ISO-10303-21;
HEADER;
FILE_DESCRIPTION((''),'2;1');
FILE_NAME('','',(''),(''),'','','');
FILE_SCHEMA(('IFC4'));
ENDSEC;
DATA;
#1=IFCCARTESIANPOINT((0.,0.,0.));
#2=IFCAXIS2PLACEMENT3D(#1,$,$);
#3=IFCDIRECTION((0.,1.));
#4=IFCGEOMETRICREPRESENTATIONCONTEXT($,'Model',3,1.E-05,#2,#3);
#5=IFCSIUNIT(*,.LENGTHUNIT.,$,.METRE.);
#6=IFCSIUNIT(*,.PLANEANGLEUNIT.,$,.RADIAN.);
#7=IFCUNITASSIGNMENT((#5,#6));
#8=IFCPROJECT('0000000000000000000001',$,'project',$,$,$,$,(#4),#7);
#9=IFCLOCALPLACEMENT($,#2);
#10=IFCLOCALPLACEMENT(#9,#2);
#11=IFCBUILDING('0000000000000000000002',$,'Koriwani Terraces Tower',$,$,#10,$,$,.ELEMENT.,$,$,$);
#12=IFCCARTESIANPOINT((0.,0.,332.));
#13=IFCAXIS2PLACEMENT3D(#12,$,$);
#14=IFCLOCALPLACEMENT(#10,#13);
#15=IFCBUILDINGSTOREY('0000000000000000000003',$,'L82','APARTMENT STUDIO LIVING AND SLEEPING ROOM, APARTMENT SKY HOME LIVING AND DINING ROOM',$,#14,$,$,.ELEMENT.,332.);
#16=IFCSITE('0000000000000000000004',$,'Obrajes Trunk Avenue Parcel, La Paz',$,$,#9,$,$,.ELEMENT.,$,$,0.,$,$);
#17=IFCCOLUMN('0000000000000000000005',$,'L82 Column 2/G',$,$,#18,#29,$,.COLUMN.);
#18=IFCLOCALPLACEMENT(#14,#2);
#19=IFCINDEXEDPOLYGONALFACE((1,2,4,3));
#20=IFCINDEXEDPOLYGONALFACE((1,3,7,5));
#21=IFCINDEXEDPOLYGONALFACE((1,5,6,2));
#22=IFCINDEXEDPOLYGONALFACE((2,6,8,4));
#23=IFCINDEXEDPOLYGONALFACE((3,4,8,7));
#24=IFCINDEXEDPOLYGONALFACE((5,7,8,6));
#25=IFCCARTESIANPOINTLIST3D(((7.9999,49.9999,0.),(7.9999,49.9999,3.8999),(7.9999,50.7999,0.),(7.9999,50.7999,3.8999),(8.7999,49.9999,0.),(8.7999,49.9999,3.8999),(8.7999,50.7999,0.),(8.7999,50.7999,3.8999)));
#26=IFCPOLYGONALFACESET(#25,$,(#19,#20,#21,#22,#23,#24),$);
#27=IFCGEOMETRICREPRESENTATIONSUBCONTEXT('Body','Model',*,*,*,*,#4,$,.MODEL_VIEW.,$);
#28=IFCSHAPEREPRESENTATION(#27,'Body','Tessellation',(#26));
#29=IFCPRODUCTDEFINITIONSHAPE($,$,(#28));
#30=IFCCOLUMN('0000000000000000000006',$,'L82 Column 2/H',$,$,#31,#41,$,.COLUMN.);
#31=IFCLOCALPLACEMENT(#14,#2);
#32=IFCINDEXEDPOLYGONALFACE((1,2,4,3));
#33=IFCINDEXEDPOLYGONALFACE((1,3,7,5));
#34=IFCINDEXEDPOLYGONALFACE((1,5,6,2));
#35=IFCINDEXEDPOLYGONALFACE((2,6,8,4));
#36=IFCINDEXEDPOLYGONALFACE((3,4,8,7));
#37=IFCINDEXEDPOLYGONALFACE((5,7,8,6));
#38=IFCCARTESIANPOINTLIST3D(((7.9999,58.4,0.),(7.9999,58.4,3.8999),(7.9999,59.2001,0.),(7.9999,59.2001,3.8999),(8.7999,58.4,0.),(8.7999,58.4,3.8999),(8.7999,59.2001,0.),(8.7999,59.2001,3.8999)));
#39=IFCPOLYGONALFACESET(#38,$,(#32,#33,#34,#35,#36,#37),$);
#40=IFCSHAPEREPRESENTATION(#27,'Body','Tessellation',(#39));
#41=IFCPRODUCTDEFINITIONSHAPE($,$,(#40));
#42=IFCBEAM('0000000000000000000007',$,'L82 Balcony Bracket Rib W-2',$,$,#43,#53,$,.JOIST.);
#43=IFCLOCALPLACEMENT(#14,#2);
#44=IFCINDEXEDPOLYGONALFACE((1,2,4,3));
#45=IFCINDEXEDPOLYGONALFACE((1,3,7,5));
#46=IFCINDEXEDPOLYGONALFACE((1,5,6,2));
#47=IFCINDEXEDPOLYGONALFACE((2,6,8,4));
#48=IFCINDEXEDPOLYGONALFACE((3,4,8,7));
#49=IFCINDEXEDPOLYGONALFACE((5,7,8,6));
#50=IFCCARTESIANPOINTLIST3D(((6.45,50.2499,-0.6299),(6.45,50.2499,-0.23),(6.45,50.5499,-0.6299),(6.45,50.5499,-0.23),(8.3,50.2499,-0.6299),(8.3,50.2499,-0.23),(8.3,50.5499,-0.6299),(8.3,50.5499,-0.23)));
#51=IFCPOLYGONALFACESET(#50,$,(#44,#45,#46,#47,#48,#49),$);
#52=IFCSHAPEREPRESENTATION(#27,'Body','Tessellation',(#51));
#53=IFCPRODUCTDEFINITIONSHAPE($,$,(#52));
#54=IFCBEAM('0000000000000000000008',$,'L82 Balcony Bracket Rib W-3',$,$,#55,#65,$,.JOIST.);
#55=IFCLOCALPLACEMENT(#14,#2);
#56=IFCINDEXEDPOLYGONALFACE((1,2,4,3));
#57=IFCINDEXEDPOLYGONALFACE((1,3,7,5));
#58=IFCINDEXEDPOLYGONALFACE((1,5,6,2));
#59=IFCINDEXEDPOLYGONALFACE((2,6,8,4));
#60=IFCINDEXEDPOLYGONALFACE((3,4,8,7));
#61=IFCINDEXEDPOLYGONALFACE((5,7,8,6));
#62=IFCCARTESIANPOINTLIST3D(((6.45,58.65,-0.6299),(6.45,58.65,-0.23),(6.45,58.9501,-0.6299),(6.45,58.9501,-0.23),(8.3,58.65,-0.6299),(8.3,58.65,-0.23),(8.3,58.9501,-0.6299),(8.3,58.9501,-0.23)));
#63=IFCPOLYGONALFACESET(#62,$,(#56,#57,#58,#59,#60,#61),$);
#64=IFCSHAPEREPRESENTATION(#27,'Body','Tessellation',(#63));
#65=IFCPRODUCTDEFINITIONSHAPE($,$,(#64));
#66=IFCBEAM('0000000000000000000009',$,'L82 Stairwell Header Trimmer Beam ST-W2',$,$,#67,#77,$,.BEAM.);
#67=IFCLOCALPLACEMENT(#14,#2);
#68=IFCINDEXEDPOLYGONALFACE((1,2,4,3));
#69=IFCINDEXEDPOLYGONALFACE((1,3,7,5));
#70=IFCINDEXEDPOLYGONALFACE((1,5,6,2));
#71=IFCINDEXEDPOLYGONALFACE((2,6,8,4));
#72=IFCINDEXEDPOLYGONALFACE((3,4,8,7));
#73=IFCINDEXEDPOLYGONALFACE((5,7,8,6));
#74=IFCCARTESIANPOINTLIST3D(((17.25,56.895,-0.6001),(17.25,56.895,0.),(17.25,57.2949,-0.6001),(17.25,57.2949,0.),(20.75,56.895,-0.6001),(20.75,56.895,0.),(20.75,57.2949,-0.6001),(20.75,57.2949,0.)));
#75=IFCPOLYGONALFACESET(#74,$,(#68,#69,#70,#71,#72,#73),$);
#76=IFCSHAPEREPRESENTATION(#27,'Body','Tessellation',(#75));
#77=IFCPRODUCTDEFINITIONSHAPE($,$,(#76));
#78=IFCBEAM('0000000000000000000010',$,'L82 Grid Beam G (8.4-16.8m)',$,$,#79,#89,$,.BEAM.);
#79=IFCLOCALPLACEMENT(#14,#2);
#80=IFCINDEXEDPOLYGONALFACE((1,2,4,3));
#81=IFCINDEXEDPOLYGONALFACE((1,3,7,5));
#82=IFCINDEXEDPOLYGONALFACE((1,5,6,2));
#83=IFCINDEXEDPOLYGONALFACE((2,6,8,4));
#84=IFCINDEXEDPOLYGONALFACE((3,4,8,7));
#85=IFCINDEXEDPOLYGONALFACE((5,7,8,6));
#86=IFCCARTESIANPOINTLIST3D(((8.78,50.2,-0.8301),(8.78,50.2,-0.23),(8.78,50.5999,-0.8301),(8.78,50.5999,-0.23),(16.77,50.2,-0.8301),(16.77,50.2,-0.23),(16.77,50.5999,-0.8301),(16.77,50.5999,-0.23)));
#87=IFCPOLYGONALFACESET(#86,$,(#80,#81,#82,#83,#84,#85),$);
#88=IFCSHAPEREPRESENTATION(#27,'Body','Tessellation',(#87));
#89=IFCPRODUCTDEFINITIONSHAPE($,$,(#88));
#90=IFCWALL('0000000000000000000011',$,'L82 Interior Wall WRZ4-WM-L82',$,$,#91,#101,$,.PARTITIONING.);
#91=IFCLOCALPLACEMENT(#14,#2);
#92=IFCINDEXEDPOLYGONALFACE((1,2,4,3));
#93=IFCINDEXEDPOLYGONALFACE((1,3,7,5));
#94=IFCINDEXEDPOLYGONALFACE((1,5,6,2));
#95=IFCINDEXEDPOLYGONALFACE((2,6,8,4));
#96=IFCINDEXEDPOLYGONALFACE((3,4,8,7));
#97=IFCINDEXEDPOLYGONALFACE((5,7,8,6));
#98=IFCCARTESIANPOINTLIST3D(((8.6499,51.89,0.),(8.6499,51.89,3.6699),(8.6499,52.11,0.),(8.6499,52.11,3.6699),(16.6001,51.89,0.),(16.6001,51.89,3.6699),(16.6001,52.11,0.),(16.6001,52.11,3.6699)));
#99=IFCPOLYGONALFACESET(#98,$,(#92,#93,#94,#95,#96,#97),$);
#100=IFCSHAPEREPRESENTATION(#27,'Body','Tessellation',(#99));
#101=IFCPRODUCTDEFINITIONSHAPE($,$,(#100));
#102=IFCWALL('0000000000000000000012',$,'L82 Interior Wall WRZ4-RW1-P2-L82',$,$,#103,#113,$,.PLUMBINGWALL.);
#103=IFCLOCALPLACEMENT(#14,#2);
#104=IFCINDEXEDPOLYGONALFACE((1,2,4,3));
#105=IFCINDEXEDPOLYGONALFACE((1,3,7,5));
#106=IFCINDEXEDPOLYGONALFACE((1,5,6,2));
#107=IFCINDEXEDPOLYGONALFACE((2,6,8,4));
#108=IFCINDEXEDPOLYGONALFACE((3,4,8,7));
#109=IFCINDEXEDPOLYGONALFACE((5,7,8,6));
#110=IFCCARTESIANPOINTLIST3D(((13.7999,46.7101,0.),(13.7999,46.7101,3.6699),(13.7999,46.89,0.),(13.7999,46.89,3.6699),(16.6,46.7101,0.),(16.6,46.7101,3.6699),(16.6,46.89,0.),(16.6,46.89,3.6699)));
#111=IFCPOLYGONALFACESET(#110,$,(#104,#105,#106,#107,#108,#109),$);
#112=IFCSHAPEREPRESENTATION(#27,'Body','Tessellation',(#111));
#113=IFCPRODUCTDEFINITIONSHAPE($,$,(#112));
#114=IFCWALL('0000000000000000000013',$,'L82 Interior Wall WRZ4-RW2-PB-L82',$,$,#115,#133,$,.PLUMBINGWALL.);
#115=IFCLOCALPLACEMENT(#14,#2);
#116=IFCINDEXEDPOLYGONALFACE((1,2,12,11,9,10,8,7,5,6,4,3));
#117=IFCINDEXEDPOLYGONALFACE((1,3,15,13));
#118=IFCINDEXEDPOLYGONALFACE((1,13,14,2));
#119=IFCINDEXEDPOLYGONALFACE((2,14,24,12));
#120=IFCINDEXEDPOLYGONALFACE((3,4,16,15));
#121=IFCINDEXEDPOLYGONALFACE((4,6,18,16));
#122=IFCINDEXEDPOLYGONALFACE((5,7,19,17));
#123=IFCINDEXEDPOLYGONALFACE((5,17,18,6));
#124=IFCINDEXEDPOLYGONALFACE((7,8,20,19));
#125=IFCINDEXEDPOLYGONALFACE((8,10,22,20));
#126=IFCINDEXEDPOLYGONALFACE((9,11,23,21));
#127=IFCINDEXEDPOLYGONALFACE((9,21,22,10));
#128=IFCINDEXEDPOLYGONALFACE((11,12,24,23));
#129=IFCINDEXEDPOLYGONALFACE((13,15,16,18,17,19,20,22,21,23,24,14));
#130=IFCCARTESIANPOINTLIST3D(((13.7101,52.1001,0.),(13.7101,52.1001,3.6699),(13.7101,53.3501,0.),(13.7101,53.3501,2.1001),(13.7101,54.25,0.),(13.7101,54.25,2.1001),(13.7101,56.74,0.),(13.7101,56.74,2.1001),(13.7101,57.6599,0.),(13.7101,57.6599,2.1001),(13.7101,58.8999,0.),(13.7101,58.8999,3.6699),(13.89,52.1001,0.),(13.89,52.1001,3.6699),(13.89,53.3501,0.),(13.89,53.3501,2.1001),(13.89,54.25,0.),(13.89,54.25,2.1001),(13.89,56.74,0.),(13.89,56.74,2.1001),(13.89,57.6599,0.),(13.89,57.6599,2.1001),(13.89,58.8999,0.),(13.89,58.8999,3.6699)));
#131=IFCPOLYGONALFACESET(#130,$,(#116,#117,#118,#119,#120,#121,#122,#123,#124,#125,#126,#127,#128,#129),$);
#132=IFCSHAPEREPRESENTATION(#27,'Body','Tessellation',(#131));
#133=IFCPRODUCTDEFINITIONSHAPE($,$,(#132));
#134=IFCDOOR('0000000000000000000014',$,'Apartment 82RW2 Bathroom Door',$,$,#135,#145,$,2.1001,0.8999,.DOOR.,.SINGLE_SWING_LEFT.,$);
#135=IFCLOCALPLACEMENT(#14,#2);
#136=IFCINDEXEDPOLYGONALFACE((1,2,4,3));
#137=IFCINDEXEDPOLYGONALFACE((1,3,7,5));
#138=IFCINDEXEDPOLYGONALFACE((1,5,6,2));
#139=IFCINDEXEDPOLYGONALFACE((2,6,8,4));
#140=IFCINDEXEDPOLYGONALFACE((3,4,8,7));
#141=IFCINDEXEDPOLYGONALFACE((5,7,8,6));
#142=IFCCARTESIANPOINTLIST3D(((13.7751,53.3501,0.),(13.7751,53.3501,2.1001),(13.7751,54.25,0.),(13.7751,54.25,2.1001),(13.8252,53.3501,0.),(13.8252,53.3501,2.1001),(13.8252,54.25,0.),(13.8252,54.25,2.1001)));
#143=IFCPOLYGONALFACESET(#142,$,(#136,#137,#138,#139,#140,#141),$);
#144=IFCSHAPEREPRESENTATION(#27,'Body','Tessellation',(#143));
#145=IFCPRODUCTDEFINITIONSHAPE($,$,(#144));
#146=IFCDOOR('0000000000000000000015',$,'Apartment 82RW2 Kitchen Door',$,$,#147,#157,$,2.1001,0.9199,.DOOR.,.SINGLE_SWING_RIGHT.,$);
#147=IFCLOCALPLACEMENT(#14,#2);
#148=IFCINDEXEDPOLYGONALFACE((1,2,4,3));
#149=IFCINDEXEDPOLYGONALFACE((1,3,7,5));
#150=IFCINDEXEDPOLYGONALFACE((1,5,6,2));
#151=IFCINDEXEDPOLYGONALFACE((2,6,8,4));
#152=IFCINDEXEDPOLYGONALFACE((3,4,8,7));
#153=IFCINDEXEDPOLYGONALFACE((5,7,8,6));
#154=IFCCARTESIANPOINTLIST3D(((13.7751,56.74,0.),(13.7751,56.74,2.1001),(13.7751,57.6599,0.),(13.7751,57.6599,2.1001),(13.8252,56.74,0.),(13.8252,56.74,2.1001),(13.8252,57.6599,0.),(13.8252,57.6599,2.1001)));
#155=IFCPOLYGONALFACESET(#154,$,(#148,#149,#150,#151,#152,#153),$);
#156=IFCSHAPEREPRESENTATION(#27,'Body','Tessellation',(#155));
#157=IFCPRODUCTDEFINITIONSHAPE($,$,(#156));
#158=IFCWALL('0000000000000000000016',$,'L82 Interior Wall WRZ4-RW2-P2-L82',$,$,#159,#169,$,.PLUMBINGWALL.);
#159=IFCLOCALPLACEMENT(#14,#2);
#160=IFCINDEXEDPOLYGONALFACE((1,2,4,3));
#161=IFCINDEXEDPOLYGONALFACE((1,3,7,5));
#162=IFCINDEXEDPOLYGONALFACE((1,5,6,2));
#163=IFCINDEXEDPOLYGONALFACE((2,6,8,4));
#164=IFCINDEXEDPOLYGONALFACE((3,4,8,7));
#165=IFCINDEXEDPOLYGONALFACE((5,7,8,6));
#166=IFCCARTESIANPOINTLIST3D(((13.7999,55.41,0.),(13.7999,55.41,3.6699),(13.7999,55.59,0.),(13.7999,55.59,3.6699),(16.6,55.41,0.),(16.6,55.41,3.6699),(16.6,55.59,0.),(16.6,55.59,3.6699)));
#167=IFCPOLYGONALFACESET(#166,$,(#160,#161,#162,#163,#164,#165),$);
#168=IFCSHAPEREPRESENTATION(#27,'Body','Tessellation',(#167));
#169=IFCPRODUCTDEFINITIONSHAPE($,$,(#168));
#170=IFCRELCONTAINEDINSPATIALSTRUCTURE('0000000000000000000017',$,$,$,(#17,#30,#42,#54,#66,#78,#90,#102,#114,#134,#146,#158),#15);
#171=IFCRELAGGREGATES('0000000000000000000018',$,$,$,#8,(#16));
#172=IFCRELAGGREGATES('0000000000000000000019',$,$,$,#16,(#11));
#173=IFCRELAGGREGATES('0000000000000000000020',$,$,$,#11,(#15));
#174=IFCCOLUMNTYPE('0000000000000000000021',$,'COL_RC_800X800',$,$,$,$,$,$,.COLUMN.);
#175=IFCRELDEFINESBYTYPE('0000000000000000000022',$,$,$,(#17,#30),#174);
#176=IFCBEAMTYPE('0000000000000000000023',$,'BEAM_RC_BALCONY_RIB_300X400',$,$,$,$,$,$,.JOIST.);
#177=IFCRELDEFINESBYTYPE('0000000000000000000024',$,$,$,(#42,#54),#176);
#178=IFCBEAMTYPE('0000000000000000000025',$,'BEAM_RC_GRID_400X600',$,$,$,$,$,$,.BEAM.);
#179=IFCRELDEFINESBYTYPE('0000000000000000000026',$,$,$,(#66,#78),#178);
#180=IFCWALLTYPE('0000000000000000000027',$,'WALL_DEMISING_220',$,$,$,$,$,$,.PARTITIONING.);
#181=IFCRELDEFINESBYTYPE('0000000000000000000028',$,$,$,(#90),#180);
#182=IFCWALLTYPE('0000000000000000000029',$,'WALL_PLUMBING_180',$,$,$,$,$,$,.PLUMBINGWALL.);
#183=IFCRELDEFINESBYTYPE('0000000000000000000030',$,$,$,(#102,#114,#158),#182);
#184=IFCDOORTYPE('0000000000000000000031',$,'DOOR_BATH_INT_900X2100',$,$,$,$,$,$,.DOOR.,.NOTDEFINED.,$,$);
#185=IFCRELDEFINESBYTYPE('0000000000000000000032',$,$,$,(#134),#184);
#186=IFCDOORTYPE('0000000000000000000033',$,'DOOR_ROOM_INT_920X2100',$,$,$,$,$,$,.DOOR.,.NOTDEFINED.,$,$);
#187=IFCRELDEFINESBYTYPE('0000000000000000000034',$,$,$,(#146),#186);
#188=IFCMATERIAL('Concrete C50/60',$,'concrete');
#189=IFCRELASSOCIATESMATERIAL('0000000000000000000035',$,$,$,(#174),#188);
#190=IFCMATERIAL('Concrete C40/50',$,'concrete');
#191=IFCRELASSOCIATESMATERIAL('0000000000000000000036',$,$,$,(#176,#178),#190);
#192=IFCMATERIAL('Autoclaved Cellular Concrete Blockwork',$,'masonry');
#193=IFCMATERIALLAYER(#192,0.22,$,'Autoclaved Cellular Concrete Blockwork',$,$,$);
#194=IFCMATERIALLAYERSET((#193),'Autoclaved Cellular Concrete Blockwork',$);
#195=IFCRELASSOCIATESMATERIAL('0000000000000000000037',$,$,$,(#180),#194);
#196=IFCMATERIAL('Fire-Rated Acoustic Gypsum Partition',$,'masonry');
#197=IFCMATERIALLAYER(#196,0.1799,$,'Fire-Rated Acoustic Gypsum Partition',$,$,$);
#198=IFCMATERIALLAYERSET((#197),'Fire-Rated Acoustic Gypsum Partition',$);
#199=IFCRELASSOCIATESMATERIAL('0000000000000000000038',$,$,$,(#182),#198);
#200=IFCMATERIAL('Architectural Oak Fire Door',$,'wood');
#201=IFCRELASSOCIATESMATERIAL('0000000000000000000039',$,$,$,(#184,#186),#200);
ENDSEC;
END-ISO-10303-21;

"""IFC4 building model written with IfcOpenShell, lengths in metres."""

from ifc_helpers import new_model, si_unit, direction, frame, frame_2d, origin, origin_2d, place, context, subcontext, project, spatial, rectangle, extrude, material, layer, layer_set, material_profile, profile_set, type_object, element, fill, save


model = new_model("IFC4")

# Units and contexts
model_context = context("Model", 3, precision=1e-05, world=origin(), true_north=direction((0.0, 1.0)))
body_context = subcontext(model_context, "Body", "Model", "MODEL_VIEW")
ifc_project = project(units=[si_unit("LENGTHUNIT", "METRE"), si_unit("PLANEANGLEUNIT", "RADIAN")], contexts=[model_context])

# Site, building, storey
site_placement = place(None, origin())
site = spatial("IfcSite", under=ifc_project, at=site_placement, Name="Obrajes Trunk Avenue Parcel, La Paz", CompositionType="ELEMENT", RefElevation=0.0)
building_placement = place(site_placement, origin())
building = spatial("IfcBuilding", under=site, at=building_placement, Name="Koriwani Terraces Tower", CompositionType="ELEMENT")
storey_placement = place(building_placement, frame((0.0, 0.0, 332.0)))
storey = spatial("IfcBuildingStorey", under=building, at=storey_placement, Name="L82", Description="APARTMENT STUDIO LIVING AND SLEEPING ROOM, APARTMENT SKY HOME LIVING AND DINING ROOM", CompositionType="ELEMENT", Elevation=332.0)

# Columns
ifc_material_1 = material(Name="Concrete C50/60", Category="concrete")
ifc_material_profile_1 = material_profile(ifc_material_1, rectangle(XDim=0.8, YDim=0.8, at=origin_2d()), Name="Concrete C50/60", Category="LoadBearing")
ifc_profile_set_1 = profile_set([ifc_material_profile_1], Name="Concrete C50/60")
column_type = type_object("IfcColumnType", Name="COL_RC_800X800", PredefinedType="COLUMN", material=ifc_profile_set_1)
for number, where, z_axis, x_axis, name in (
    (1, (8.3999, 50.3999, 0.0), (0.0, 0.0, 1.0), (1.0, 0.0, 0.0), "L82 Column 2/G"),
    (2, (8.3999, 58.8, 0.0), (0.0, 0.0, 1.0), (1.0, 0.0, 0.0), "L82 Column 2/H"),
):
    element("IfcColumn", number, at=place(storey_placement, frame(where, z_axis=z_axis, x_axis=x_axis)), inside=storey, type_object=column_type, Name=name, PredefinedType="COLUMN", context=body_context, shape_type="SweptSolid", body=[
        extrude(rectangle(XDim=0.8, YDim=0.8, at=origin_2d()), origin(), (0.0, 0.0, 1.0), 3.8999),
    ])

# Beams
ifc_material_2 = material(Name="Concrete C40/50", Category="concrete")
ifc_material_profile_2 = material_profile(ifc_material_2, rectangle(XDim=0.3, YDim=0.3999, at=origin_2d()), Name="Concrete C40/50", Category="LoadBearing")
ifc_profile_set_2 = profile_set([ifc_material_profile_2], Name="Concrete C40/50")
beam_type_1 = type_object("IfcBeamType", Name="BEAM_RC_BALCONY_RIB_300X400", PredefinedType="JOIST", material=ifc_profile_set_2)
for number, where, z_axis, x_axis, name in (
    (3, (6.45, 50.3999, -0.4299), (1.0, 0.0, 0.0), (0.0, 1.0, 0.0), "L82 Balcony Bracket Rib W-2"),
    (4, (6.45, 58.8, -0.4299), (1.0, 0.0, 0.0), (0.0, 1.0, 0.0), "L82 Balcony Bracket Rib W-3"),
):
    element("IfcBeam", number, at=place(storey_placement, frame(where, z_axis=z_axis, x_axis=x_axis)), inside=storey, type_object=beam_type_1, Name=name, PredefinedType="JOIST", context=body_context, shape_type="SweptSolid", body=[
        extrude(rectangle(XDim=0.3, YDim=0.3999, at=origin_2d()), origin(), (0.0, 0.0, 1.0), 1.8501),
    ])
ifc_material_profile_3 = material_profile(ifc_material_2, rectangle(XDim=0.3999, YDim=0.6001, at=origin_2d()), Name="Concrete C40/50", Category="LoadBearing")
ifc_profile_set_3 = profile_set([ifc_material_profile_3], Name="Concrete C40/50")
beam_type_2 = type_object("IfcBeamType", Name="BEAM_RC_GRID_400X600", PredefinedType="BEAM", material=ifc_profile_set_3)
beam_1_placement = place(storey_placement, frame((17.25, 57.095, -0.3), z_axis=(1.0, 0.0, 0.0), x_axis=(0.0, 1.0, 0.0)))
element("IfcBeam", 5, at=beam_1_placement, inside=storey, type_object=beam_type_2, Name="L82 Stairwell Header Trimmer Beam ST-W2", PredefinedType="BEAM", context=body_context, shape_type="SweptSolid", body=[
    extrude(rectangle(XDim=0.3999, YDim=0.6001, at=origin_2d()), origin(), (0.0, 0.0, 1.0), 3.5),
])
beam_2_placement = place(storey_placement, frame((8.78, 50.3999, -0.53), z_axis=(1.0, 0.0, 0.0), x_axis=(0.0, 1.0, 0.0)))
element("IfcBeam", 6, at=beam_2_placement, inside=storey, type_object=beam_type_2, Name="L82 Grid Beam G (8.4-16.8m)", PredefinedType="BEAM", context=body_context, shape_type="SweptSolid", body=[
    extrude(rectangle(XDim=0.3999, YDim=0.6001, at=origin_2d()), origin(), (0.0, 0.0, 1.0), 7.99),
])

# Walls
ifc_material_3 = material(Name="Autoclaved Cellular Concrete Blockwork", Category="masonry")
ifc_layer_1 = layer(ifc_material_3, 0.22, Name="Autoclaved Cellular Concrete Blockwork")
ifc_layer_set_1 = layer_set([ifc_layer_1], Name="Autoclaved Cellular Concrete Blockwork")
wall_type_1 = type_object("IfcWallType", Name="WALL_DEMISING_220", PredefinedType="PARTITIONING", material=ifc_layer_set_1)
wall_1_placement = place(storey_placement, frame((8.6499, 52.0, 0.0), z_axis=(0.0, 0.0, 1.0), x_axis=(1.0, 0.0, 0.0)))
element("IfcWall", 7, at=wall_1_placement, inside=storey, type_object=wall_type_1, Name="L82 Interior Wall WRZ4-WM-L82", PredefinedType="PARTITIONING", context=body_context, shape_type="SweptSolid", body=[
    extrude(rectangle(XDim=7.9502, YDim=0.22, at=frame_2d((3.9751, 0.0))), origin(), (0.0, 0.0, 1.0), 3.6699),
])
ifc_material_4 = material(Name="Fire-Rated Acoustic Gypsum Partition", Category="masonry")
ifc_layer_2 = layer(ifc_material_4, 0.1799, Name="Fire-Rated Acoustic Gypsum Partition")
ifc_layer_set_2 = layer_set([ifc_layer_2], Name="Fire-Rated Acoustic Gypsum Partition")
wall_type_2 = type_object("IfcWallType", Name="WALL_PLUMBING_180", PredefinedType="PLUMBINGWALL", material=ifc_layer_set_2)
wall_2_placement = place(storey_placement, frame((13.8, 46.8, 0.0), z_axis=(0.0, 0.0, 1.0), x_axis=(1.0, 0.0, 0.0)))
element("IfcWall", 8, at=wall_2_placement, inside=storey, type_object=wall_type_2, Name="L82 Interior Wall WRZ4-RW1-P2-L82", PredefinedType="PLUMBINGWALL", context=body_context, shape_type="SweptSolid", body=[
    extrude(rectangle(XDim=2.8, YDim=0.1799, at=frame_2d((1.3999, 0.0))), origin(), (0.0, 0.0, 1.0), 3.6699),
])

# Wall, openings, doors
wall_3_placement = place(storey_placement, frame((13.8, 52.1001, 0.0), z_axis=(0.0, 0.0, 1.0), x_axis=(0.0, 1.0, 0.0)))
wall_3 = element("IfcWall", 9, at=wall_3_placement, inside=storey, type_object=wall_type_2, Name="L82 Interior Wall WRZ4-RW2-PB-L82", PredefinedType="PLUMBINGWALL", context=body_context, shape_type="SweptSolid", body=[
    extrude(rectangle(XDim=6.7998, YDim=0.1799, at=frame_2d((3.3999, 0.0))), origin(), (0.0, 0.0, 1.0), 3.6699),
])
opening_1_placement = place(wall_3_placement, frame((1.25, 0.0, 0.0)))
opening_1 = element("IfcOpeningElement", 10, at=opening_1_placement, cuts=wall_3, PredefinedType="OPENING", context=body_context, shape_type="SweptSolid", body=[
    extrude(rectangle(XDim=0.8999, YDim=2.1001, at=frame_2d((0.45, 1.05))), frame((0.0, 0.1001, 0.0), z_axis=(0.0, -1.0, 0.0), x_axis=(1.0, 0.0, 0.0)), (0.0, 0.0, 1.0), 0.2),
])
opening_2_placement = place(wall_3_placement, frame((4.6399, 0.0, 0.0)))
opening_2 = element("IfcOpeningElement", 11, at=opening_2_placement, cuts=wall_3, PredefinedType="OPENING", context=body_context, shape_type="SweptSolid", body=[
    extrude(rectangle(XDim=0.9199, YDim=2.1001, at=frame_2d((0.46, 1.05))), frame((0.0, 0.1001, 0.0), z_axis=(0.0, -1.0, 0.0), x_axis=(1.0, 0.0, 0.0)), (0.0, 0.0, 1.0), 0.2),
])
ifc_material_5 = material(Name="Architectural Oak Fire Door", Category="wood")
door_type_1 = type_object("IfcDoorType", Name="DOOR_BATH_INT_900X2100", OperationType="NOTDEFINED", PredefinedType="DOOR", material=ifc_material_5)
door_1_placement = place(opening_1_placement, origin())
door_1 = element("IfcDoor", 12, at=door_1_placement, inside=storey, type_object=door_type_1, Name="Apartment 82RW2 Bathroom Door", OperationType="SINGLE_SWING_LEFT", OverallHeight=2.1001, OverallWidth=0.8999, PredefinedType="DOOR", context=body_context, shape_type="SweptSolid", body=[
    extrude(rectangle(XDim=0.8999, YDim=2.1001, at=frame_2d((0.45, 1.05))), frame((0.0, 0.0249, 0.0), z_axis=(0.0, -1.0, 0.0), x_axis=(1.0, 0.0, 0.0)), (0.0, 0.0, 1.0), 0.05),
])
fill(opening_1, door_1)
door_type_2 = type_object("IfcDoorType", Name="DOOR_ROOM_INT_920X2100", OperationType="NOTDEFINED", PredefinedType="DOOR", material=ifc_material_5)
door_2_placement = place(opening_2_placement, origin())
door_2 = element("IfcDoor", 13, at=door_2_placement, inside=storey, type_object=door_type_2, Name="Apartment 82RW2 Kitchen Door", OperationType="SINGLE_SWING_RIGHT", OverallHeight=2.1001, OverallWidth=0.9199, PredefinedType="DOOR", context=body_context, shape_type="SweptSolid", body=[
    extrude(rectangle(XDim=0.9199, YDim=2.1001, at=frame_2d((0.46, 1.05))), frame((0.0, 0.0249, 0.0), z_axis=(0.0, -1.0, 0.0), x_axis=(1.0, 0.0, 0.0)), (0.0, 0.0, 1.0), 0.05),
])
fill(opening_2, door_2)

# Wall
wall_4_placement = place(storey_placement, frame((13.8, 55.5, 0.0), z_axis=(0.0, 0.0, 1.0), x_axis=(1.0, 0.0, 0.0)))
element("IfcWall", 14, at=wall_4_placement, inside=storey, type_object=wall_type_2, Name="L82 Interior Wall WRZ4-RW2-P2-L82", PredefinedType="PLUMBINGWALL", context=body_context, shape_type="SweptSolid", body=[
    extrude(rectangle(XDim=2.8, YDim=0.1799, at=frame_2d((1.3999, 0.0))), origin(), (0.0, 0.0, 1.0), 3.6699),
])

save(model, "model.ifc")
